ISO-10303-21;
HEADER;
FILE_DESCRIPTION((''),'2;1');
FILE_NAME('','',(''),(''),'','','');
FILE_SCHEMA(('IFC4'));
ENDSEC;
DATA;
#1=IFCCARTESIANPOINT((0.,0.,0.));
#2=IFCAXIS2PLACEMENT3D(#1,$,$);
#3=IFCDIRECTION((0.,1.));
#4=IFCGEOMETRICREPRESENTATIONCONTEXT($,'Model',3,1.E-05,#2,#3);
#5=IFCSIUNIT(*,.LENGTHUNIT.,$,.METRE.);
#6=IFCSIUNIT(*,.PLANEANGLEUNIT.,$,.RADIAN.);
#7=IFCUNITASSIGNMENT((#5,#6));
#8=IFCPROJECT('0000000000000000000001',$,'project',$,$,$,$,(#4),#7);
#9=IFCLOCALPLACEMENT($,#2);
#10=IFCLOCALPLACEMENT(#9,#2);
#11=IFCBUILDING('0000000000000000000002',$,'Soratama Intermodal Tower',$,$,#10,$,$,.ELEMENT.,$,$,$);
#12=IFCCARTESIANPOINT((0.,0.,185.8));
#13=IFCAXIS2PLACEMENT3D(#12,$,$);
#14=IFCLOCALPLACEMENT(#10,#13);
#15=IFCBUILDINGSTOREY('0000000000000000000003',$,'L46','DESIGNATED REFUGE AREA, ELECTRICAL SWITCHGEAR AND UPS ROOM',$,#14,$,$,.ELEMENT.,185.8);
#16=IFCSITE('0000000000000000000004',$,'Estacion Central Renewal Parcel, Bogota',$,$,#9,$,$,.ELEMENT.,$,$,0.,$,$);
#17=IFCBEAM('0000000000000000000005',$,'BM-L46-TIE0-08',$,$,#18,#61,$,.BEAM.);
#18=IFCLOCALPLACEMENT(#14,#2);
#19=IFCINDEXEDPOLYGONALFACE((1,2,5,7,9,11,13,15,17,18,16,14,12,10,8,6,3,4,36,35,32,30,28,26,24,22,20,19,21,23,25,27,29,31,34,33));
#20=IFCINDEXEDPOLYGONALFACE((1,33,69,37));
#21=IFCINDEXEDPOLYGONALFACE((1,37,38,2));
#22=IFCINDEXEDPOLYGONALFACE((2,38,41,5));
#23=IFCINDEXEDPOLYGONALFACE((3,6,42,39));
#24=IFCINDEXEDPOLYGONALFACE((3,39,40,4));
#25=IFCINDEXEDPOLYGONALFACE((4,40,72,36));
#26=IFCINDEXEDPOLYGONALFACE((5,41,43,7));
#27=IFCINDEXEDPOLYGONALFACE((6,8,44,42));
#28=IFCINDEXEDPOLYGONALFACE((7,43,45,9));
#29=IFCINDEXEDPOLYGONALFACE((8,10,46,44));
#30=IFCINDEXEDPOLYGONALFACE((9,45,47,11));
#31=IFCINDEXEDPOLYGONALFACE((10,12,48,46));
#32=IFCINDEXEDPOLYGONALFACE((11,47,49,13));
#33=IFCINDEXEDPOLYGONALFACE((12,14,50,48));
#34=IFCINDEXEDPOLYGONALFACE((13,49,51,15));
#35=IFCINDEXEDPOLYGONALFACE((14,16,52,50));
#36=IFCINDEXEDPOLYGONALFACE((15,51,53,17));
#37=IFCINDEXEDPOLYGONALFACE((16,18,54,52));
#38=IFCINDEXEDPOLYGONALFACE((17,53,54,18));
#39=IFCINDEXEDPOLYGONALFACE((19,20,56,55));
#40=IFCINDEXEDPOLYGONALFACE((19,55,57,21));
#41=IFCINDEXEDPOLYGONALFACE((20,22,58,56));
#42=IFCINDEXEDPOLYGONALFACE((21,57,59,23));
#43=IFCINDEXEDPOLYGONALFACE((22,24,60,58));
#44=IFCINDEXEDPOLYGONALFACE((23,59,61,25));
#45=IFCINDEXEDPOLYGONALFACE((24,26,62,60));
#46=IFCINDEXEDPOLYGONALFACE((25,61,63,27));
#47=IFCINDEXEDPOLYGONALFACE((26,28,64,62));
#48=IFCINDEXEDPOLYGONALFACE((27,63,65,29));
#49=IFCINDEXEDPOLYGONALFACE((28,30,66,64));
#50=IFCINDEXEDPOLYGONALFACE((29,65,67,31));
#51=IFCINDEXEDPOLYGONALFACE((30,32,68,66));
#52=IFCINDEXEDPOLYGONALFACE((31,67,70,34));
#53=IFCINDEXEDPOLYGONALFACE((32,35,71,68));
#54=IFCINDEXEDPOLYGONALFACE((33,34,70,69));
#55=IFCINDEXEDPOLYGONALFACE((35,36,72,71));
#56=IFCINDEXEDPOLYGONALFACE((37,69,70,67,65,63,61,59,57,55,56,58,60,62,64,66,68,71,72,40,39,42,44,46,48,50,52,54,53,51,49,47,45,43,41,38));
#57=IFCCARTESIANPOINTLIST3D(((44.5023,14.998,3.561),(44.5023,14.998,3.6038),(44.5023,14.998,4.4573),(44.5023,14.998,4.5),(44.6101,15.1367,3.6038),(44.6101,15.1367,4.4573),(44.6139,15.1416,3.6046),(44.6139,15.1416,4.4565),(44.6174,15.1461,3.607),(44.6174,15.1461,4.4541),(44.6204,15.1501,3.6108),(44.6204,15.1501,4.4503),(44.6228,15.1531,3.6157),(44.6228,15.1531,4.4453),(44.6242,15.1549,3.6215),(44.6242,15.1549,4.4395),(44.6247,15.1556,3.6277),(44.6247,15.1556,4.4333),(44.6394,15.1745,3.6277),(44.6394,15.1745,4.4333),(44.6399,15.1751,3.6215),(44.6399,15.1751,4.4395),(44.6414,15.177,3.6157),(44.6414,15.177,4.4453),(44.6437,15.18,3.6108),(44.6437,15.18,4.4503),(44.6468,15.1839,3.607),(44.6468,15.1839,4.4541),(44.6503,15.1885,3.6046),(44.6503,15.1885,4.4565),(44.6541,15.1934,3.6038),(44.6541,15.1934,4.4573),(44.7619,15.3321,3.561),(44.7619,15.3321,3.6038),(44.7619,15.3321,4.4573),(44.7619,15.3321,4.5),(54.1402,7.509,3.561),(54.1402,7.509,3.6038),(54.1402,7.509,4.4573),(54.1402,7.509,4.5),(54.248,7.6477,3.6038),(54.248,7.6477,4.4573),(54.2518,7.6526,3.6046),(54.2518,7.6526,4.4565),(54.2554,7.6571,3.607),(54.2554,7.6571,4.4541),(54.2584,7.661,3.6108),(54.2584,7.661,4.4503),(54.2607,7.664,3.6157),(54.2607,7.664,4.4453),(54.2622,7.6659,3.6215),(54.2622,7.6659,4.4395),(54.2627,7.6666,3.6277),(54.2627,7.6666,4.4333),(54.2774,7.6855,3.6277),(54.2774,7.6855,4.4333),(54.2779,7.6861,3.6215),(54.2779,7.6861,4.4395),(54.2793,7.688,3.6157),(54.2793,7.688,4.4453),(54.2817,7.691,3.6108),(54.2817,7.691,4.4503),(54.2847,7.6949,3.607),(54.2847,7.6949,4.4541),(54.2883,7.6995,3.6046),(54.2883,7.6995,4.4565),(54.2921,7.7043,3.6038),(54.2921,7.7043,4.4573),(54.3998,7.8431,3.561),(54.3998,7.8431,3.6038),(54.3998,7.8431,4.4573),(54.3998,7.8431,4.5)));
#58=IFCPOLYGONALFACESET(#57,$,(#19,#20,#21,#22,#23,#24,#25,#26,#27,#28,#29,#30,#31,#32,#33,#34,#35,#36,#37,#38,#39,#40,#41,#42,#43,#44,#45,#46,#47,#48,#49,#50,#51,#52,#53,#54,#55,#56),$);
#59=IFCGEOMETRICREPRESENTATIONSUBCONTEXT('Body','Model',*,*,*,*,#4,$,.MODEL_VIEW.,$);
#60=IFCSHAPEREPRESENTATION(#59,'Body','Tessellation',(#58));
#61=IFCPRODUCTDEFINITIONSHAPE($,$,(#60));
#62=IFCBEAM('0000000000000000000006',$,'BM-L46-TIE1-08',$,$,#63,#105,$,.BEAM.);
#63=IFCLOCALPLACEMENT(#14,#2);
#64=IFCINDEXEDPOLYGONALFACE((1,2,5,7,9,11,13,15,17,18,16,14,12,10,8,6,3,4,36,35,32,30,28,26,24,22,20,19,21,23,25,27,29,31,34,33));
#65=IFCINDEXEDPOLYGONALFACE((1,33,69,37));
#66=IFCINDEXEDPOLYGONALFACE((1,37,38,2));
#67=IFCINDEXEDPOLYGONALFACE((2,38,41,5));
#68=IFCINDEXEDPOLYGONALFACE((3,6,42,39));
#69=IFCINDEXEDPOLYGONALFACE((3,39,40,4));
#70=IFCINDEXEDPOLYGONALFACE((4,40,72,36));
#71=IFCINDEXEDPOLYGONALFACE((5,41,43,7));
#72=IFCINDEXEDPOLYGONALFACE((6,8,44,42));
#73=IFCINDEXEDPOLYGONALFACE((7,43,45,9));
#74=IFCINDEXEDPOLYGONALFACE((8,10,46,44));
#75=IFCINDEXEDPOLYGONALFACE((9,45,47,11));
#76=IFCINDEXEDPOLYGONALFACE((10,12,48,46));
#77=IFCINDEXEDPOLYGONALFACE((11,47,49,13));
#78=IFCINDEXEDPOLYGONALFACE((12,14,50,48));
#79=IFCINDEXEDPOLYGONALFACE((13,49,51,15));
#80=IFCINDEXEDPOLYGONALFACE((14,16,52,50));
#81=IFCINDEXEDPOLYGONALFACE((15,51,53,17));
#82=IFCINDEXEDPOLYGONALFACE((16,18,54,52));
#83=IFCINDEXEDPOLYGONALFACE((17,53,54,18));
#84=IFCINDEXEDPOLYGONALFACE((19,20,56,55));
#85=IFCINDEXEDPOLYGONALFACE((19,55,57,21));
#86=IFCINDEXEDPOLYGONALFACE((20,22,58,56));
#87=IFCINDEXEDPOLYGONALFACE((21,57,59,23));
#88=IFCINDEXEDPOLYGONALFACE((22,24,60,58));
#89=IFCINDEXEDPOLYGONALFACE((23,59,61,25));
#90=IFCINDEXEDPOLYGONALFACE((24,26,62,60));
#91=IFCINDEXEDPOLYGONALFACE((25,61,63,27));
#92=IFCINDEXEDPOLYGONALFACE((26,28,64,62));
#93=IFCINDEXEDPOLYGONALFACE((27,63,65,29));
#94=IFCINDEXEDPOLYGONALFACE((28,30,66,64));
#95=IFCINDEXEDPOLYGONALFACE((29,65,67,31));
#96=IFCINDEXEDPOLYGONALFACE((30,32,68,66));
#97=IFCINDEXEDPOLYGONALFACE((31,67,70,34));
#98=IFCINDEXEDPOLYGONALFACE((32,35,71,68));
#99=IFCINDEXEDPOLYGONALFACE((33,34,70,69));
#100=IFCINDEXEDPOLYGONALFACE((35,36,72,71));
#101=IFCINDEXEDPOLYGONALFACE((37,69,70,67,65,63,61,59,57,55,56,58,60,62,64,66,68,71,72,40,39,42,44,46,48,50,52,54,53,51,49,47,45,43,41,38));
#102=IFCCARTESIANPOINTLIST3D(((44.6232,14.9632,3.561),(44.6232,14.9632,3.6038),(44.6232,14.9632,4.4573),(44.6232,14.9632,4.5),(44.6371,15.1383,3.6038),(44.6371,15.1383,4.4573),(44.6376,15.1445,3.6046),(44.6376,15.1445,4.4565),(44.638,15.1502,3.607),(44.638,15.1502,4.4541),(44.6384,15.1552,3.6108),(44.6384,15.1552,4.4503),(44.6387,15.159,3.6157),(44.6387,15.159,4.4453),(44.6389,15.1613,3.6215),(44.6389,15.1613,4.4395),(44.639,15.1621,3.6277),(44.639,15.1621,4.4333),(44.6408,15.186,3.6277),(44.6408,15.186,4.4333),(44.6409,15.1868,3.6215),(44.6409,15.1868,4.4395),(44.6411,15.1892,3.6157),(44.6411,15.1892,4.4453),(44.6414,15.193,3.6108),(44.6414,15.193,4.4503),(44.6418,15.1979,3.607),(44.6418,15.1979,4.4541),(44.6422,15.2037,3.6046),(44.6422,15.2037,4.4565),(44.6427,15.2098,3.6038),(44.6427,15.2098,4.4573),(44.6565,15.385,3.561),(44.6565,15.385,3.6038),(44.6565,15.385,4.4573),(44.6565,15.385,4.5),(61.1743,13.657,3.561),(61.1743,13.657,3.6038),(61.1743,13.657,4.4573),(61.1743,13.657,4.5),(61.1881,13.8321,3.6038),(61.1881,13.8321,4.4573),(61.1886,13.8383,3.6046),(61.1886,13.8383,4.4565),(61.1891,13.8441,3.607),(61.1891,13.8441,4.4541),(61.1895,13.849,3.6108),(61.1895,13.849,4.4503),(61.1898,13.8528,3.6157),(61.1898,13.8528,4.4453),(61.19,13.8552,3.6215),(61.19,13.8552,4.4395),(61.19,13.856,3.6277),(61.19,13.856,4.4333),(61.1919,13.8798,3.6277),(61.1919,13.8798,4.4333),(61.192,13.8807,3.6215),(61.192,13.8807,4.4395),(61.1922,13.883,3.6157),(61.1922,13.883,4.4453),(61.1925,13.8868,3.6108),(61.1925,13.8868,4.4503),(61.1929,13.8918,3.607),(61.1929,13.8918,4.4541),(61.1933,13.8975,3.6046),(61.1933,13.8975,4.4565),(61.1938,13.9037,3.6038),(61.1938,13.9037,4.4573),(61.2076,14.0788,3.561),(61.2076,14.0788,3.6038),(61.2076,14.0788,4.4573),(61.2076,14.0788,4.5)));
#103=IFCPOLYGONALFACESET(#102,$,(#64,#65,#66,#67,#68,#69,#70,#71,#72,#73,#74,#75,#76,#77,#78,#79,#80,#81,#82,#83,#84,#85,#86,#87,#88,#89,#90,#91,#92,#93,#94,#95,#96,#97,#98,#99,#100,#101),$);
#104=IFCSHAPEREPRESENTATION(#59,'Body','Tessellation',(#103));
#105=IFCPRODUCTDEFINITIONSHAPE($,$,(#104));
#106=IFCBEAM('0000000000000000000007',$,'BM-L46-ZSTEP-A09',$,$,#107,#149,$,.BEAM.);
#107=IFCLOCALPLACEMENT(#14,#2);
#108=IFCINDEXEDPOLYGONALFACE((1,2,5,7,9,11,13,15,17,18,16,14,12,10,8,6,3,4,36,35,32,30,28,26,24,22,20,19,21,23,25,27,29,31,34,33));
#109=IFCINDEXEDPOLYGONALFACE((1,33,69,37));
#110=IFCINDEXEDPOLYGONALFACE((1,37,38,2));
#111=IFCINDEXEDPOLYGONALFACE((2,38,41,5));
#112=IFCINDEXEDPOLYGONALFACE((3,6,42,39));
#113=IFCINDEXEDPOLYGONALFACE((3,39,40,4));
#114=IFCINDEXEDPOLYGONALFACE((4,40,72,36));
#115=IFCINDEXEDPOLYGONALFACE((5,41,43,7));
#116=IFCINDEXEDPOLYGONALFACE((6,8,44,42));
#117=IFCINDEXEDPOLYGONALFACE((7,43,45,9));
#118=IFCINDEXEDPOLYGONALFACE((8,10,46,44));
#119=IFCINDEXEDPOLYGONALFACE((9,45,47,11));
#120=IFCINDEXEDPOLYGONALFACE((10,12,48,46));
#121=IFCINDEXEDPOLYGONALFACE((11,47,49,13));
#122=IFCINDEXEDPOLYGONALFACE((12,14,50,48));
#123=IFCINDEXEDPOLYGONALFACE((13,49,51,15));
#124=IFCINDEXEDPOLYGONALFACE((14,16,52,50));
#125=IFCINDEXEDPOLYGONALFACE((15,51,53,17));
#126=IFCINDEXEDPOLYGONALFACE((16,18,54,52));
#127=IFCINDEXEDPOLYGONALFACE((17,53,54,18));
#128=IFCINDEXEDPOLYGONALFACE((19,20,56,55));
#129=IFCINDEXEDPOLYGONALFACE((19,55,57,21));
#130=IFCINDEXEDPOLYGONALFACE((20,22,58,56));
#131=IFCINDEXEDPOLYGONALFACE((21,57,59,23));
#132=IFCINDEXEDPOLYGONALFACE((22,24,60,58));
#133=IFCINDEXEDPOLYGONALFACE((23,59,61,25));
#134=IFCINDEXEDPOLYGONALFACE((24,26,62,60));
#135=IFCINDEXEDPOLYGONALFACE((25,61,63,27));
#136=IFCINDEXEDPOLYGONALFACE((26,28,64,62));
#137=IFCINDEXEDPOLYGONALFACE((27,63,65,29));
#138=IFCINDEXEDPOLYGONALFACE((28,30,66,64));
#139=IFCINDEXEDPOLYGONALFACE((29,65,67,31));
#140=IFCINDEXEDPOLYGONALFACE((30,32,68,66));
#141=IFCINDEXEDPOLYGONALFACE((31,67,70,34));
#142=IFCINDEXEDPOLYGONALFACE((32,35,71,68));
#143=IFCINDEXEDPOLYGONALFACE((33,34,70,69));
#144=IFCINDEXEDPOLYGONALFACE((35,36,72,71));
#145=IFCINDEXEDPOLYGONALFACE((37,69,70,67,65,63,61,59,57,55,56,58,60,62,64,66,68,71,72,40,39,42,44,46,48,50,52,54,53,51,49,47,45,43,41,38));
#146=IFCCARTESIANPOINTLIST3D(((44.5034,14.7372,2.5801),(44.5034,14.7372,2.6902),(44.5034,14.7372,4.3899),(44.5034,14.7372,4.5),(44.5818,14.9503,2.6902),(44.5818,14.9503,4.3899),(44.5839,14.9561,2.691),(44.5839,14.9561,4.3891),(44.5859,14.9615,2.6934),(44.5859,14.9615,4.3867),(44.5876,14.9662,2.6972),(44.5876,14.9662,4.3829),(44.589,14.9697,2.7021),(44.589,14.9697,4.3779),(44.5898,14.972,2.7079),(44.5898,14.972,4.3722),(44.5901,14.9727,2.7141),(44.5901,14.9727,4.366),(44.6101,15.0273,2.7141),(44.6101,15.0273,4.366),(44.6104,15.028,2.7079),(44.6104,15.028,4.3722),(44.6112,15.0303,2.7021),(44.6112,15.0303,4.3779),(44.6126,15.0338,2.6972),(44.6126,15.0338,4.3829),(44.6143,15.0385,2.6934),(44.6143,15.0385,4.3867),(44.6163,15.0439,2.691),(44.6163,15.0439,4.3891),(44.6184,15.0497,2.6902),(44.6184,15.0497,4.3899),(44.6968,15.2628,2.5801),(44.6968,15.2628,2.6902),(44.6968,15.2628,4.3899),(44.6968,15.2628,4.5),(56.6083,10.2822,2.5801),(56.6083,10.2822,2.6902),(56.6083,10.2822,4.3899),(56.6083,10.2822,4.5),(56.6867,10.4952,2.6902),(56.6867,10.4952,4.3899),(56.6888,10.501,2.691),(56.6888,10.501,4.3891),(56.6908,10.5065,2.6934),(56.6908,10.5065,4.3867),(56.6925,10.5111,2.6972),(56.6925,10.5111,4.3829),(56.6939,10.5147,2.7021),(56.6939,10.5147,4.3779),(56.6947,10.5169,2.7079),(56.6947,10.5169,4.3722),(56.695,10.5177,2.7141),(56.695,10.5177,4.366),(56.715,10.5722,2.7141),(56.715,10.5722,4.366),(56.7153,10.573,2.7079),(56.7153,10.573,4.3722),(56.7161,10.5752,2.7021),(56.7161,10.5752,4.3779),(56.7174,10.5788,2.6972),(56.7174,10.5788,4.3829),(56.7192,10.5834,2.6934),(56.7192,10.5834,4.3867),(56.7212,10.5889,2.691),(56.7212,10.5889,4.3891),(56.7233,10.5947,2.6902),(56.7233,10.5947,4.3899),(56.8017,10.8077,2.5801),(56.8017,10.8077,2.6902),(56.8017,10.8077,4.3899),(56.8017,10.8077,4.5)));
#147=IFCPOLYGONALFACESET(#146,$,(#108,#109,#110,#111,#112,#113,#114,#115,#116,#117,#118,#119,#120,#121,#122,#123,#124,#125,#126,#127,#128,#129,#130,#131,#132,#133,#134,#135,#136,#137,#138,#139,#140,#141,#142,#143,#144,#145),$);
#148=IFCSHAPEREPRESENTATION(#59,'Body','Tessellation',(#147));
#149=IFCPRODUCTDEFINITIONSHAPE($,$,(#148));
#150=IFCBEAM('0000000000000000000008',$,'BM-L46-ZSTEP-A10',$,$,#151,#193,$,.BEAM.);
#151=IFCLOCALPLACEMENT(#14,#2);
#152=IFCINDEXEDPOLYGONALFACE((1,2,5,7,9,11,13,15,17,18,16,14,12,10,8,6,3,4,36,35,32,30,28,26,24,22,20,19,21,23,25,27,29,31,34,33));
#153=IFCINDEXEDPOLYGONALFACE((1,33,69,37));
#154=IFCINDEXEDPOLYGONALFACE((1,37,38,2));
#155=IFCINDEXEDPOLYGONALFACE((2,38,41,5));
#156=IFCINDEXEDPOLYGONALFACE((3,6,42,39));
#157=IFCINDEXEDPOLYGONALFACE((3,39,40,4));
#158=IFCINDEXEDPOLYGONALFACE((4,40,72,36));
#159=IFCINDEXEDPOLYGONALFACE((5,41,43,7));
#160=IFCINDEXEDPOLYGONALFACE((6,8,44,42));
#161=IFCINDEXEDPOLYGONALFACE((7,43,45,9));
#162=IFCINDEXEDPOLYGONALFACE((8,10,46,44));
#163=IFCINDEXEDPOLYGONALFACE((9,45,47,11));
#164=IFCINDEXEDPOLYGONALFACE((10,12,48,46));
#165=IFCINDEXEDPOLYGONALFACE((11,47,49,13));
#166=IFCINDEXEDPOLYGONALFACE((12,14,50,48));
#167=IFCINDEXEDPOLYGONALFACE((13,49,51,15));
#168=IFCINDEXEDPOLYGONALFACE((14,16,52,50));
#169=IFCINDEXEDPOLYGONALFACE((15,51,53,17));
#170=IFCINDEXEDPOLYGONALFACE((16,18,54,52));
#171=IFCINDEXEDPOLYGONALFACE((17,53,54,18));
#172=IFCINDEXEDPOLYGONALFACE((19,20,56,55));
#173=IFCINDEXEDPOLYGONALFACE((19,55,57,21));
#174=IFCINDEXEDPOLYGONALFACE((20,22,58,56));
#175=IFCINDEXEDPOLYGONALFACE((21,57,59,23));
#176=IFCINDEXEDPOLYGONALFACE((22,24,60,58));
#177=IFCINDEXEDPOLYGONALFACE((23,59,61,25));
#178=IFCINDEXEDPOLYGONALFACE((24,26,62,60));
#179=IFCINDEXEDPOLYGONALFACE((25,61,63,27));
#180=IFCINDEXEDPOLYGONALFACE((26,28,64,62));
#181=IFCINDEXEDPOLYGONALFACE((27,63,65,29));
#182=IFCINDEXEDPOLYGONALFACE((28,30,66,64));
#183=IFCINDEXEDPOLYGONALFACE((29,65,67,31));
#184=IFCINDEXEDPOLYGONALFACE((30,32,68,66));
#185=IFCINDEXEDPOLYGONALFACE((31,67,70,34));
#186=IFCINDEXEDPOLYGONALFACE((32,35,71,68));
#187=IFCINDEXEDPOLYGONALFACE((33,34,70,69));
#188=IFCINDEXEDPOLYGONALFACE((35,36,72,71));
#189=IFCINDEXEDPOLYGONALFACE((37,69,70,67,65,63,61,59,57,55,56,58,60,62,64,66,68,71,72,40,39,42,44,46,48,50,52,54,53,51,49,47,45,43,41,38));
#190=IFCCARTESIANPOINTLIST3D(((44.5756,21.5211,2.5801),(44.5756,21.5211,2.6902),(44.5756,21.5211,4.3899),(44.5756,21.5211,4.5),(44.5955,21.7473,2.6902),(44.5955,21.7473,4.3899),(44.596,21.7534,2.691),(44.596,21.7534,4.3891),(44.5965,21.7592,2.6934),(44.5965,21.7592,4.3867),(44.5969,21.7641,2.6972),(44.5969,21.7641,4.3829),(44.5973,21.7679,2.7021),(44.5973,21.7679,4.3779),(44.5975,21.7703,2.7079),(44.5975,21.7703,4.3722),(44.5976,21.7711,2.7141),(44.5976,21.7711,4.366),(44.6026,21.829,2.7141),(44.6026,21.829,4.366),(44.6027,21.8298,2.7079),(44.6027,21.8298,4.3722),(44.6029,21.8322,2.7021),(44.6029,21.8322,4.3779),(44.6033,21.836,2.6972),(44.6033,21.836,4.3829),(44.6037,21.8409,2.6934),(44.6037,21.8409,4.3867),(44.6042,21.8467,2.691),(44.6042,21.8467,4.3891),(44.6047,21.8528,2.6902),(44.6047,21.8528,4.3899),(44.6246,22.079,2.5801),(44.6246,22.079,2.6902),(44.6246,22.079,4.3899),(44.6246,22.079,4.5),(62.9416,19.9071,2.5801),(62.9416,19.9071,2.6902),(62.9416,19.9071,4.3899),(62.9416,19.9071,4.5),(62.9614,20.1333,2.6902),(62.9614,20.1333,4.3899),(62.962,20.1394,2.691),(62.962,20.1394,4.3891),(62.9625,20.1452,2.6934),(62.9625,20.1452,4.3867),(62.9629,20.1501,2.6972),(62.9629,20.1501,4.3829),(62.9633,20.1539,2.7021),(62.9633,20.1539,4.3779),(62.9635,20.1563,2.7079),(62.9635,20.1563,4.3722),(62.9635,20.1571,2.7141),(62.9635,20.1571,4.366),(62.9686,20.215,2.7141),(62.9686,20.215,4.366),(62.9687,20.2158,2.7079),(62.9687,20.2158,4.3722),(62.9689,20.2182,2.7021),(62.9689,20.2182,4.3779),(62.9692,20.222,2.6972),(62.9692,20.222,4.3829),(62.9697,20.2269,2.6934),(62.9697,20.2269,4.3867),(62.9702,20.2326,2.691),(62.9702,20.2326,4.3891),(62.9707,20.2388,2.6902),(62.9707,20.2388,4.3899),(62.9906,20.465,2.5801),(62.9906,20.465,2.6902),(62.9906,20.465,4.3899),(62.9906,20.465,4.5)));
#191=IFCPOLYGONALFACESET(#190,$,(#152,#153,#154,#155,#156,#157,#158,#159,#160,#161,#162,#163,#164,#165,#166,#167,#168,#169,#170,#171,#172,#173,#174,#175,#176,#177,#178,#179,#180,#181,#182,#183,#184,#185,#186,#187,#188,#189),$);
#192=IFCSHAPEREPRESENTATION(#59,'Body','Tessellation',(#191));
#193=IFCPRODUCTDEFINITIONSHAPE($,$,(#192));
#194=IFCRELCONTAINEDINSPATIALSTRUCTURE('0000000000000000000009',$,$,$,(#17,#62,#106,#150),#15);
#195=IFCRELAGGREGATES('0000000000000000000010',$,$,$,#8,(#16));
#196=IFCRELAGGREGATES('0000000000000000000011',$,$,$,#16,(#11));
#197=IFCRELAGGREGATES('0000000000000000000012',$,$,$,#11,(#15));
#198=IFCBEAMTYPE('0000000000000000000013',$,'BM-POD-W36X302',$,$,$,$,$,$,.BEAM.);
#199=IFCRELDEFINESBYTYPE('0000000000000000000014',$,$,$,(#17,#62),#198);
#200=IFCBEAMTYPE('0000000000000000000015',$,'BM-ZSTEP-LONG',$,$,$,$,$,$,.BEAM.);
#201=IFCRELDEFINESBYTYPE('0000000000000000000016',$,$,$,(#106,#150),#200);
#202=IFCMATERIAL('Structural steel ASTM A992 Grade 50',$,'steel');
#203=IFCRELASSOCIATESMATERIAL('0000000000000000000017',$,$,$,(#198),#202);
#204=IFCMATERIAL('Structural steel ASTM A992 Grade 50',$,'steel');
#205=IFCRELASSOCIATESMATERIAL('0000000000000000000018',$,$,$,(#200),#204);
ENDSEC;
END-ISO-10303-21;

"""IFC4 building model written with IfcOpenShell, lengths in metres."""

from ifc_helpers import new_model, si_unit, direction, frame, origin, origin_2d, place, context, subcontext, project, spatial, i_section, extrude, material, material_profile, profile_set, type_object, element, save


model = new_model("IFC4")

# Units and contexts
model_context = context("Model", 3, precision=1e-05, world=origin(), true_north=direction((0.0, 1.0)))
body_context = subcontext(model_context, "Body", "Model", "MODEL_VIEW")
ifc_project = project(units=[si_unit("LENGTHUNIT", "METRE"), si_unit("PLANEANGLEUNIT", "RADIAN")], contexts=[model_context])

# Site, building, storey
site_placement = place(None, origin())
site = spatial("IfcSite", under=ifc_project, at=site_placement, Name="Estacion Central Renewal Parcel, Bogota", CompositionType="ELEMENT", RefElevation=0.0)
building_placement = place(site_placement, origin())
building = spatial("IfcBuilding", under=site, at=building_placement, Name="Soratama Intermodal Tower", CompositionType="ELEMENT")
storey_placement = place(building_placement, frame((0.0, 0.0, 185.8)))
storey = spatial("IfcBuildingStorey", under=building, at=storey_placement, Name="L46", Description="DESIGNATED REFUGE AREA, ELECTRICAL SWITCHGEAR AND UPS ROOM", CompositionType="ELEMENT", Elevation=185.8)

# Beams
ifc_material_1 = material(Name="Structural steel ASTM A992 Grade 50", Category="steel")
ifc_material_profile_1 = material_profile(ifc_material_1, i_section(OverallWidth=0.4231, OverallDepth=0.939, WebThickness=0.0239, FlangeThickness=0.0427, FilletRadius=0.0239, at=origin_2d()), Name="W36X302")
ifc_profile_set_1 = profile_set([ifc_material_profile_1], Name="Structural steel ASTM A992 Grade 50")
beam_type_1 = type_object("IfcBeamType", Name="BM-POD-W36X302", PredefinedType="BEAM", material=ifc_profile_set_1)
beam_1_placement = place(storey_placement, frame((44.6321, 15.165, 4.0305), z_axis=(0.789636, -0.613575, 0.0), x_axis=(0.613575, 0.789636, 0.0)))
element("IfcBeam", 1, at=beam_1_placement, inside=storey, type_object=beam_type_1, Name="BM-L46-TIE0-08", PredefinedType="BEAM", context=body_context, shape_type="SweptSolid", body=[
    extrude(i_section(OverallWidth=0.4231, OverallDepth=0.939, WebThickness=0.0239, FlangeThickness=0.0427, FilletRadius=0.0239, at=origin_2d()), origin(), (0.0, 0.0, 1.0), 12.2056),
])
beam_2_placement = place(storey_placement, frame((44.6399, 15.1741, 4.0305), z_axis=(0.996901, -0.078672, 0.0), x_axis=(0.078672, 0.996901, 0.0)))
element("IfcBeam", 2, at=beam_2_placement, inside=storey, type_object=beam_type_1, Name="BM-L46-TIE1-08", PredefinedType="BEAM", context=body_context, shape_type="SweptSolid", body=[
    extrude(i_section(OverallWidth=0.4231, OverallDepth=0.939, WebThickness=0.0239, FlangeThickness=0.0427, FilletRadius=0.0239, at=origin_2d()), origin(), (0.0, 0.0, 1.0), 16.6025),
])
ifc_material_2 = material(Name="Structural steel ASTM A992 Grade 50", Category="steel")
ifc_material_profile_2 = material_profile(ifc_material_2, i_section(OverallWidth=0.5601, OverallDepth=1.9199, WebThickness=0.0581, FlangeThickness=0.1101, FilletRadius=0.0239, at=origin_2d()), Name="PG2150X720")
ifc_profile_set_2 = profile_set([ifc_material_profile_2], Name="Structural steel ASTM A992 Grade 50")
beam_type_2 = type_object("IfcBeamType", Name="BM-ZSTEP-LONG", PredefinedType="BEAM", material=ifc_profile_set_2)
beam_3_placement = place(storey_placement, frame((44.6001, 15.0, 3.54), z_axis=(0.93846, -0.345388, 0.0), x_axis=(0.345388, 0.93846, 0.0)))
element("IfcBeam", 3, at=beam_3_placement, inside=storey, type_object=beam_type_2, Name="BM-L46-ZSTEP-A09", PredefinedType="BEAM", context=body_context, shape_type="SweptSolid", body=[
    extrude(i_section(OverallWidth=0.5601, OverallDepth=1.9199, WebThickness=0.0581, FlangeThickness=0.1101, FilletRadius=0.0239, at=origin_2d()), origin(), (0.0, 0.0, 1.0), 12.8987),
])
beam_4_placement = place(storey_placement, frame((44.6001, 21.8, 3.54), z_axis=(0.996161, -0.087543, 0.0), x_axis=(0.087543, 0.996161, 0.0)))
element("IfcBeam", 4, at=beam_4_placement, inside=storey, type_object=beam_type_2, Name="BM-L46-ZSTEP-A10", PredefinedType="BEAM", context=body_context, shape_type="SweptSolid", body=[
    extrude(i_section(OverallWidth=0.5601, OverallDepth=1.9199, WebThickness=0.0581, FlangeThickness=0.1101, FilletRadius=0.0239, at=origin_2d()), origin(), (0.0, 0.0, 1.0), 18.4368),
])

save(model, "model.ifc")
